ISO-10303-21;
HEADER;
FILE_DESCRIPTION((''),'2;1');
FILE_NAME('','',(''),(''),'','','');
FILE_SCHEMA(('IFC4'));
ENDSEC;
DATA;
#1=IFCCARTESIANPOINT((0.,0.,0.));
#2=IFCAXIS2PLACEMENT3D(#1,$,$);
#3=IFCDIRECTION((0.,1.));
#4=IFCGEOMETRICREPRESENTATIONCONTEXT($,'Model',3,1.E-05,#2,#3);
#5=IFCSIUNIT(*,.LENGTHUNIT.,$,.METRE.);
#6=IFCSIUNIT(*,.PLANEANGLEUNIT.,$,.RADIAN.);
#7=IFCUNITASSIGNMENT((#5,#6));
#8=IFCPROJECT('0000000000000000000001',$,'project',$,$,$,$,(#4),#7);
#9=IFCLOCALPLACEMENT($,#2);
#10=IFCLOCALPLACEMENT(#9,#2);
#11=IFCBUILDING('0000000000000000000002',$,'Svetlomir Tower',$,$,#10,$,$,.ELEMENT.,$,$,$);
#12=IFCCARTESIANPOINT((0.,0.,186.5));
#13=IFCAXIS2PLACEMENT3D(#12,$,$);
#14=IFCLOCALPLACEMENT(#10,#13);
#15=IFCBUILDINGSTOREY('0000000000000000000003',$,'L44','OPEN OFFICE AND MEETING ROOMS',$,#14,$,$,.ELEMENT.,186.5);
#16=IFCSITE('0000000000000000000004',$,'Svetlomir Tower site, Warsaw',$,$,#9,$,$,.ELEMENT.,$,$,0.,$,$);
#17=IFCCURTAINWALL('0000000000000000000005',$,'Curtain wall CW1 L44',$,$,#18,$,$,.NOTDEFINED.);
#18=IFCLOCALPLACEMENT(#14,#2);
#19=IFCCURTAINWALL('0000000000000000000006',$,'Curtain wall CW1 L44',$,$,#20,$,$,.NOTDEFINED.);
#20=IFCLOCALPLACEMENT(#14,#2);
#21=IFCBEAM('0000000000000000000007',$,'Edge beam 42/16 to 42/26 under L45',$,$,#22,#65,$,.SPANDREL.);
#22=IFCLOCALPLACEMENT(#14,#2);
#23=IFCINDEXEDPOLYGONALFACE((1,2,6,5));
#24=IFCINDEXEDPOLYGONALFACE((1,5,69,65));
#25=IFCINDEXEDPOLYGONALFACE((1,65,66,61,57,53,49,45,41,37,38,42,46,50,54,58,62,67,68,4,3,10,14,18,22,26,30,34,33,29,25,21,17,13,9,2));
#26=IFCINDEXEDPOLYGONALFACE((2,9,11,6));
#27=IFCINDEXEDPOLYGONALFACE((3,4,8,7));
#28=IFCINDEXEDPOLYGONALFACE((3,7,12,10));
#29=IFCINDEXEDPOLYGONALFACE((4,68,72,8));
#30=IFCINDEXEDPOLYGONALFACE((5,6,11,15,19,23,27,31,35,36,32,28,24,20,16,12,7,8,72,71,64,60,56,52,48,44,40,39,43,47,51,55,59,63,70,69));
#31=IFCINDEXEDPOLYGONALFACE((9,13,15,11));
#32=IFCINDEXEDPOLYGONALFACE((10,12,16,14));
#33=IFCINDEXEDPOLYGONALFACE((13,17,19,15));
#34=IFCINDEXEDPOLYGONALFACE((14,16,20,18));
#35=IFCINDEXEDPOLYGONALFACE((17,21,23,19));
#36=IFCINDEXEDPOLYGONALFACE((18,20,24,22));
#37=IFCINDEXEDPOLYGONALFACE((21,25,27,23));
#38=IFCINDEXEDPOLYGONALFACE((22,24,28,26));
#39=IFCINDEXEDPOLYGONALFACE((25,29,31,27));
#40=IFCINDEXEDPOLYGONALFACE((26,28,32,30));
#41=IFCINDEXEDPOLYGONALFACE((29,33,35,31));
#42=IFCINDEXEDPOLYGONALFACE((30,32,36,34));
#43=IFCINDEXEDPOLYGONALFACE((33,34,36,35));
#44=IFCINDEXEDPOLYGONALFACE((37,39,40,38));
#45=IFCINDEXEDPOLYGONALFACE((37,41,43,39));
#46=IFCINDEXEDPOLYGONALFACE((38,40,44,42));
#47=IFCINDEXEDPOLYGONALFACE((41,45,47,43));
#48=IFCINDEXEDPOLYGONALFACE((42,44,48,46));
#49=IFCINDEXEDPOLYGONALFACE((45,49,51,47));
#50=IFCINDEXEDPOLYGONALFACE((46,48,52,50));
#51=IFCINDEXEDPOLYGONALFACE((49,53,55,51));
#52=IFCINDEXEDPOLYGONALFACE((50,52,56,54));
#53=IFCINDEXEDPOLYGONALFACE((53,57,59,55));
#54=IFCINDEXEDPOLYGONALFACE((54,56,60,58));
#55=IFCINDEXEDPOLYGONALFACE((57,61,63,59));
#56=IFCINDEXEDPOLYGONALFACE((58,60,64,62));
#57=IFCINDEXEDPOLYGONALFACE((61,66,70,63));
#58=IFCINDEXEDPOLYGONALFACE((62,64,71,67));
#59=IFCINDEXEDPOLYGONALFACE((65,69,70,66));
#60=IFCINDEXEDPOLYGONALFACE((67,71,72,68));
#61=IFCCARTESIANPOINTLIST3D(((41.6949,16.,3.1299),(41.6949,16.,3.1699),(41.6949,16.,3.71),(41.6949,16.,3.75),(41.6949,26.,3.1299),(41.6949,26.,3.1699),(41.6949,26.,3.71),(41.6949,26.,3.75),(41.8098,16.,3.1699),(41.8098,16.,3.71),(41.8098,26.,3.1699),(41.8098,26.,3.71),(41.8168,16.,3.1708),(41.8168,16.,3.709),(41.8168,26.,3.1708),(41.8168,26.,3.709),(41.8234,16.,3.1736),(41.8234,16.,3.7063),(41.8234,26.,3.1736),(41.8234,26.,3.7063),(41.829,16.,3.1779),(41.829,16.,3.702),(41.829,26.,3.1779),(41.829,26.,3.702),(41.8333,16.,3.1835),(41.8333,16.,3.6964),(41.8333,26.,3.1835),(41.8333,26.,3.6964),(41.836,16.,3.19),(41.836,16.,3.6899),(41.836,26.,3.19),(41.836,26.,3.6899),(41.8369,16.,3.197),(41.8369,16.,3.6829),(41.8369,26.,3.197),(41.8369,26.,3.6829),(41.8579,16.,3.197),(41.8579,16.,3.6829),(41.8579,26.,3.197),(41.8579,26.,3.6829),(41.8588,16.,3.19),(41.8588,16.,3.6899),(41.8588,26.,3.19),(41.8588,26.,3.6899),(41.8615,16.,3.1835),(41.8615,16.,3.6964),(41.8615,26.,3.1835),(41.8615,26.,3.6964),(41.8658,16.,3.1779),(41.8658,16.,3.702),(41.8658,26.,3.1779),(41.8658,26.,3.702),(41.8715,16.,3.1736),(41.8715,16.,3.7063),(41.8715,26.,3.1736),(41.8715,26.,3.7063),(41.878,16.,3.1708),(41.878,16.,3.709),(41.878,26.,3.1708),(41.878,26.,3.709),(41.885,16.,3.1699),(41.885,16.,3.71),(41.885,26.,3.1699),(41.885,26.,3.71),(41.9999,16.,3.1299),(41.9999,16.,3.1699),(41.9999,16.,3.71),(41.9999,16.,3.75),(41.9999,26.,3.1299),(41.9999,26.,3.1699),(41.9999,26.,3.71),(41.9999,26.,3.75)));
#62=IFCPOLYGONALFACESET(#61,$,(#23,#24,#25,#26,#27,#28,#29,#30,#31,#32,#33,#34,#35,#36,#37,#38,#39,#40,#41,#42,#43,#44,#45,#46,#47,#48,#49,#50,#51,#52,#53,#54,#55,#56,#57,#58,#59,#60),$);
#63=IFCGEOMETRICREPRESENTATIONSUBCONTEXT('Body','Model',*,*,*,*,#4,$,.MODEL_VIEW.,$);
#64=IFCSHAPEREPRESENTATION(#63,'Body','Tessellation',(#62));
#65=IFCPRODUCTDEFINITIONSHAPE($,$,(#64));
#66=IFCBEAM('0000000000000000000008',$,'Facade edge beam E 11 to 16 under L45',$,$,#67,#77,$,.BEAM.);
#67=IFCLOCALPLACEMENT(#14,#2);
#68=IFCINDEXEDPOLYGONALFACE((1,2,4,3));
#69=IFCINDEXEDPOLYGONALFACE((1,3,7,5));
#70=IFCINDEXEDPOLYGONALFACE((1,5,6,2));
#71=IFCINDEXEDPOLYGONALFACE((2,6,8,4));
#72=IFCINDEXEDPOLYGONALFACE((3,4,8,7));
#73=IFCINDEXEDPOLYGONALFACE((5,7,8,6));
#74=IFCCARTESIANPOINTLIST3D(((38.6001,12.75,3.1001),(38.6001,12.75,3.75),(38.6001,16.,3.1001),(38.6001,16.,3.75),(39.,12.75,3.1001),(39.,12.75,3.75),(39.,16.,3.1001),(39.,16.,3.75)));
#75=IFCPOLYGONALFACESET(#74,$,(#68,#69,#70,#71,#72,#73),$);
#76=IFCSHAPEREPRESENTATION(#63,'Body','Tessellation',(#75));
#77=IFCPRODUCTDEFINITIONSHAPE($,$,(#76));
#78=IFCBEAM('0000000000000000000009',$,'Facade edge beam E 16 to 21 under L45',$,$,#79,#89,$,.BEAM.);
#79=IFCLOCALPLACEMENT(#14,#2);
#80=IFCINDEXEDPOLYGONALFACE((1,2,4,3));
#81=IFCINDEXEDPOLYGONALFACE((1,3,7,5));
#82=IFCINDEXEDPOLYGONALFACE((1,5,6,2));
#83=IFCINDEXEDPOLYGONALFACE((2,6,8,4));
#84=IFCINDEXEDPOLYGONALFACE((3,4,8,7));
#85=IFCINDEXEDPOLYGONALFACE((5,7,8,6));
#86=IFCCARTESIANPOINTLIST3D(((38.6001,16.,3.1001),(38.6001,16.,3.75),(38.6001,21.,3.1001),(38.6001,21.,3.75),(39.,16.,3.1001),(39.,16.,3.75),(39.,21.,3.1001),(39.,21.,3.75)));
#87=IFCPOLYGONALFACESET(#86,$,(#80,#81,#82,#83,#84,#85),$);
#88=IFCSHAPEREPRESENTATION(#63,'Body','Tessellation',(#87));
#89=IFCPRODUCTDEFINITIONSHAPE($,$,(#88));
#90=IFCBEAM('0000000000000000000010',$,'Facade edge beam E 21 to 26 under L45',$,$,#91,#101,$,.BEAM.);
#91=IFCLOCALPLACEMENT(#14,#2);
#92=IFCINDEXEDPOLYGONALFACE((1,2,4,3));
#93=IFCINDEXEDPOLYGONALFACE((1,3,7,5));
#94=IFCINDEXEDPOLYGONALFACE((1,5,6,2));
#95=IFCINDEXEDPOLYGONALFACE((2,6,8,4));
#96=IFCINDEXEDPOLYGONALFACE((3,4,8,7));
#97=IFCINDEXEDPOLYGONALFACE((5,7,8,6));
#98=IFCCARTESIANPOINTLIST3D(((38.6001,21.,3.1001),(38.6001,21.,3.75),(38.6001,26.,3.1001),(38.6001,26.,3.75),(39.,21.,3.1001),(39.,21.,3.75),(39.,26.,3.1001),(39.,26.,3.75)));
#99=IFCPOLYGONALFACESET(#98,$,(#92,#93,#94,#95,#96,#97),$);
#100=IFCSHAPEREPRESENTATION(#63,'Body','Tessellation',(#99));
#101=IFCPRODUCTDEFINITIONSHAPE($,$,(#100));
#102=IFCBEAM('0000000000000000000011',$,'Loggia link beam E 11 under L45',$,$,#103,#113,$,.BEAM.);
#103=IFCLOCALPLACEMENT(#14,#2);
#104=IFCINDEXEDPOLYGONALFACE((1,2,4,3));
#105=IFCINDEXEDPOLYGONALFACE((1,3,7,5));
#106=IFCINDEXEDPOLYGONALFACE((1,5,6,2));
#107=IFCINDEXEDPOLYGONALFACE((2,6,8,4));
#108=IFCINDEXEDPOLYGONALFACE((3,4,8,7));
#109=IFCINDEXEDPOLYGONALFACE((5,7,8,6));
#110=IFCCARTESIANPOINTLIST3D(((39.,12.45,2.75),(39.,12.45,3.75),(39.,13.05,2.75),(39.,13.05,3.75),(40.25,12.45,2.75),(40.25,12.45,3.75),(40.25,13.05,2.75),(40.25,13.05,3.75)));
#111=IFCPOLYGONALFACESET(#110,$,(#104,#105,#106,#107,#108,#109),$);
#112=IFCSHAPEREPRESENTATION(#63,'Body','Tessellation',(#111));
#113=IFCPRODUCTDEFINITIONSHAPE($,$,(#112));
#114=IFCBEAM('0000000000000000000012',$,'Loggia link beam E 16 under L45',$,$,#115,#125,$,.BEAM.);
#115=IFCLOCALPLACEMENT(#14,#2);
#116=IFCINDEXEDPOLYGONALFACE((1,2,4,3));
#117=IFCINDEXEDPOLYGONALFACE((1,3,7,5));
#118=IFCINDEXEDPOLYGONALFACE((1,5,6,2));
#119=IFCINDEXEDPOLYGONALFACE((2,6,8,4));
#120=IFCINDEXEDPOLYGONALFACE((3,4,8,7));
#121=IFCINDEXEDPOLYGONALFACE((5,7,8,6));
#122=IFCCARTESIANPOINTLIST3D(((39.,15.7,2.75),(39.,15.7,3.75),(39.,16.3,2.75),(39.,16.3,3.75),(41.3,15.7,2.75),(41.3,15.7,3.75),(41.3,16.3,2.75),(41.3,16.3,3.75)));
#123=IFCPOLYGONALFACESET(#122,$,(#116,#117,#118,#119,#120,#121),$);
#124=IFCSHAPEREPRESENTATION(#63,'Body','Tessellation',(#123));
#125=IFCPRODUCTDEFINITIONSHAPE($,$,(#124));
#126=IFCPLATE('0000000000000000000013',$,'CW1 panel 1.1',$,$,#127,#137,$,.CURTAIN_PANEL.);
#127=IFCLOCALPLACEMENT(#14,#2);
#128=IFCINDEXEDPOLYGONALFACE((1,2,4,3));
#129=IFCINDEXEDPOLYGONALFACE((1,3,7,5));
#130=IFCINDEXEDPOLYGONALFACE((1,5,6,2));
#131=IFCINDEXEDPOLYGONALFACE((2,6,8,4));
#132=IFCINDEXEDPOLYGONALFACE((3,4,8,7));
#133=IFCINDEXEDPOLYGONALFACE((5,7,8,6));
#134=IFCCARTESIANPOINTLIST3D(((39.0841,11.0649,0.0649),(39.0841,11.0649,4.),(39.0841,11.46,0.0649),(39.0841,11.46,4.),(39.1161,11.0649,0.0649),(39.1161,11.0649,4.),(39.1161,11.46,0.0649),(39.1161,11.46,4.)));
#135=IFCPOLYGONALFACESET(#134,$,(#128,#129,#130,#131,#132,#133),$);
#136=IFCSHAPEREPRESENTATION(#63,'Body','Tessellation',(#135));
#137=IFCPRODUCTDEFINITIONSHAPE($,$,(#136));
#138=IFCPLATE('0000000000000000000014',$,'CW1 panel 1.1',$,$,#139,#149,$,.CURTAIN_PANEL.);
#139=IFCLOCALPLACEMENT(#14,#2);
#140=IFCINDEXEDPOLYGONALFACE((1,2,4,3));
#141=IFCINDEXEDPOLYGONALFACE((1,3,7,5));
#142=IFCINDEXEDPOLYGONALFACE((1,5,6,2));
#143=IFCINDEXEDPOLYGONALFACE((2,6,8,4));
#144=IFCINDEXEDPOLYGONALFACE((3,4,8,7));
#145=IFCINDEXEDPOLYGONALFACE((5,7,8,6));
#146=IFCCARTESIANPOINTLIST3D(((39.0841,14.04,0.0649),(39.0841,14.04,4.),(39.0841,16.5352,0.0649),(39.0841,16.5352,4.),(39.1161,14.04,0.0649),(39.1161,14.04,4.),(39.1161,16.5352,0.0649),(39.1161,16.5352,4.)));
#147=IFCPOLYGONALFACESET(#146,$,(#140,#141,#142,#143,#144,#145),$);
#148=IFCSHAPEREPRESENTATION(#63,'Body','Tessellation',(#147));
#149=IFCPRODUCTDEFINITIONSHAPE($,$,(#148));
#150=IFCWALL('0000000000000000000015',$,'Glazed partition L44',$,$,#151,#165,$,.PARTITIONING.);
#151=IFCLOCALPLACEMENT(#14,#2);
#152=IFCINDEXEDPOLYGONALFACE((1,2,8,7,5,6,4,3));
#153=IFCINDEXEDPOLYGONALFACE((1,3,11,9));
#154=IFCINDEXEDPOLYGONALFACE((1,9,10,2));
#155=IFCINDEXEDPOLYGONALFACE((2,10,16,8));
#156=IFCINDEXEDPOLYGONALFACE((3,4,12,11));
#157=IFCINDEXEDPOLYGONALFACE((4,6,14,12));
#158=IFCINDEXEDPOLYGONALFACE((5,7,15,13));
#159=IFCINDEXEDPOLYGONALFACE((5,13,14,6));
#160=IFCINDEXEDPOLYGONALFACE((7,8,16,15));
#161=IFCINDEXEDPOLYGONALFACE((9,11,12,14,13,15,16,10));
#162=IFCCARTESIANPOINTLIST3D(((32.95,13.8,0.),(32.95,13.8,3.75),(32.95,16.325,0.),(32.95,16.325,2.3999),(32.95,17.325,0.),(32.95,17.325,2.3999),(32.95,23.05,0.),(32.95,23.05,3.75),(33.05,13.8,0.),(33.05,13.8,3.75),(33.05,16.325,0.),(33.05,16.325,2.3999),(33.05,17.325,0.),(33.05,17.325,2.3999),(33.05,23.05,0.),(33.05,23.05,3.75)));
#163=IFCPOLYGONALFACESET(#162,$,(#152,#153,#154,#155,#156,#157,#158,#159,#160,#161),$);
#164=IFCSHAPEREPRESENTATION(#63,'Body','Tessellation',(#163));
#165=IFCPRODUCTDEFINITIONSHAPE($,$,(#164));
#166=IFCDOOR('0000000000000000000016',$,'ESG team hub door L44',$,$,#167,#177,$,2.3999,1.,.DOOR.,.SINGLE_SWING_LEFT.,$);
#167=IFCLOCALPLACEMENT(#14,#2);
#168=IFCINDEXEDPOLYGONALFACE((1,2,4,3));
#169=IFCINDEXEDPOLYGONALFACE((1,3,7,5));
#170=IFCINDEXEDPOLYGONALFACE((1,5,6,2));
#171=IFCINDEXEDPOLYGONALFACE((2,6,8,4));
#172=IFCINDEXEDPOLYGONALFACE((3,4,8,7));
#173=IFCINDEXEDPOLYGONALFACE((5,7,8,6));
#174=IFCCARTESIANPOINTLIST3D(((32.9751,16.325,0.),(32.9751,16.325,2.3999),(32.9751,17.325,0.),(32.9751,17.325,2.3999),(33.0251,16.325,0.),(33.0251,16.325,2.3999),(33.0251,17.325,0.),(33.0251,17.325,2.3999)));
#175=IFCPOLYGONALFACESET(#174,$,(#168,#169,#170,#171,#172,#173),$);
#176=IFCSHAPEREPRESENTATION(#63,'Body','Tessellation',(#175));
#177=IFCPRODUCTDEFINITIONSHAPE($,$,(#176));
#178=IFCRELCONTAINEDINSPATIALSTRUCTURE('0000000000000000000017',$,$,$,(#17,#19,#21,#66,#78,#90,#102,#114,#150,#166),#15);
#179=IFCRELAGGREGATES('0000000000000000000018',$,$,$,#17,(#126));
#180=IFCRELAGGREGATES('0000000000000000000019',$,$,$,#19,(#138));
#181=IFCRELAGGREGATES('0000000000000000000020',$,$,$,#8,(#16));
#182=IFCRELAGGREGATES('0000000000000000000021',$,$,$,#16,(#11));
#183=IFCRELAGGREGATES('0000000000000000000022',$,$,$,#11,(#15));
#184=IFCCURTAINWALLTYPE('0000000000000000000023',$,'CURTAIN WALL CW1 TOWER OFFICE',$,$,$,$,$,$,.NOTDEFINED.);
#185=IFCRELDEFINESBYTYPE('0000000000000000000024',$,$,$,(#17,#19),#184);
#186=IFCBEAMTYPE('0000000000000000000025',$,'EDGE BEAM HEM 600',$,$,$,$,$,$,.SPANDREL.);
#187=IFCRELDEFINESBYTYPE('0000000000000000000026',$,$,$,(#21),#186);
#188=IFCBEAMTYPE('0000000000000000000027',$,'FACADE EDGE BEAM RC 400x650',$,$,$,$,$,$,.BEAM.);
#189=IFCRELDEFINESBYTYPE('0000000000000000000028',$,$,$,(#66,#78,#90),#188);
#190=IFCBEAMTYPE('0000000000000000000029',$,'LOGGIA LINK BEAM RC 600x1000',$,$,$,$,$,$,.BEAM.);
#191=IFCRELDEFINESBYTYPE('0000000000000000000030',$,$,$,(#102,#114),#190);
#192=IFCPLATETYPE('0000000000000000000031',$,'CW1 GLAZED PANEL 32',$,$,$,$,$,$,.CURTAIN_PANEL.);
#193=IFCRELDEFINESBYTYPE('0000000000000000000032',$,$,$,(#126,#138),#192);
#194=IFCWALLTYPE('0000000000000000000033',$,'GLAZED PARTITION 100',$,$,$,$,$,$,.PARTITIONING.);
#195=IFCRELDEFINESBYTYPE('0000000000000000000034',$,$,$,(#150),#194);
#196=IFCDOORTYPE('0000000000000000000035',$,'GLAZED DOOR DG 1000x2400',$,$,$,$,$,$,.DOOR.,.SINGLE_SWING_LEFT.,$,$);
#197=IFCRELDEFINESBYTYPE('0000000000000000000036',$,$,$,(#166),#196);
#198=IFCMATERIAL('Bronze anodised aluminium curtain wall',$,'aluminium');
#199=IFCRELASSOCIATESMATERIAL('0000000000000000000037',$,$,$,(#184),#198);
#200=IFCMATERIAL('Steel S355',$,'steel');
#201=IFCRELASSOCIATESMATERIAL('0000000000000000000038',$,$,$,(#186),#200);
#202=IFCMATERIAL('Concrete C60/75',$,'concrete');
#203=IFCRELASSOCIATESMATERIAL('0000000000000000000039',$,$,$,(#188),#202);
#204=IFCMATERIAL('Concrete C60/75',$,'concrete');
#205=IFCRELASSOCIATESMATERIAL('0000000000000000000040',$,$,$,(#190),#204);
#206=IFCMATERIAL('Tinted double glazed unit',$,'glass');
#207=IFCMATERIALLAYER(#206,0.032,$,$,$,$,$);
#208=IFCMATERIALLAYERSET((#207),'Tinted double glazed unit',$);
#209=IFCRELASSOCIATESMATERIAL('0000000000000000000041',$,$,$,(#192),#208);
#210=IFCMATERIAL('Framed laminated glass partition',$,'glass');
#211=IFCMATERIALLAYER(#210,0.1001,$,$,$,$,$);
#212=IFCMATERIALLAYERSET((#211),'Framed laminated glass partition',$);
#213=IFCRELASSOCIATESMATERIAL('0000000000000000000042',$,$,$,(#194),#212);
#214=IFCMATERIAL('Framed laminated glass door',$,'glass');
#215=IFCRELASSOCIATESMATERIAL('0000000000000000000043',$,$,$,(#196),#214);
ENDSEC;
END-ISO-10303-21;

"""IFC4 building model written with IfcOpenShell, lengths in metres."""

from ifc_helpers import new_model, si_unit, direction, frame, frame_2d, origin, origin_2d, place, context, subcontext, project, spatial, rectangle, i_section, extrude, material, layer, layer_set, material_profile, profile_set, type_object, element, fill, aggregate, save


model = new_model("IFC4")

# Units and contexts
model_context = context("Model", 3, precision=1e-05, world=origin(), true_north=direction((0.0, 1.0)))
body_context = subcontext(model_context, "Body", "Model", "MODEL_VIEW")
ifc_project = project(units=[si_unit("LENGTHUNIT", "METRE"), si_unit("PLANEANGLEUNIT", "RADIAN")], contexts=[model_context])

# Site, building, storey
site_placement = place(None, origin())
site = spatial("IfcSite", under=ifc_project, at=site_placement, Name="Svetlomir Tower site, Warsaw", CompositionType="ELEMENT", RefElevation=0.0)
building_placement = place(site_placement, origin())
building = spatial("IfcBuilding", under=site, at=building_placement, Name="Svetlomir Tower", CompositionType="ELEMENT")
storey_placement = place(building_placement, frame((0.0, 0.0, 186.5)))
storey = spatial("IfcBuildingStorey", under=building, at=storey_placement, Name="L44", Description="OPEN OFFICE AND MEETING ROOMS", CompositionType="ELEMENT", Elevation=186.5)

# Shared definitions
ifc_material_1 = material(Name="Bronze anodised aluminium curtain wall", Category="aluminium")
curtain_wall_type = type_object("IfcCurtainWallType", Name="CURTAIN WALL CW1 TOWER OFFICE", PredefinedType="NOTDEFINED", material=ifc_material_1)

# Curtain walls
curtain_wall_1_placement = place(storey_placement, origin())
curtain_wall_1 = element("IfcCurtainWall", 1, at=curtain_wall_1_placement, inside=storey, type_object=curtain_wall_type, Name="Curtain wall CW1 L44", PredefinedType="NOTDEFINED")
curtain_wall_2_placement = place(storey_placement, origin())
curtain_wall_2 = element("IfcCurtainWall", 2, at=curtain_wall_2_placement, inside=storey, type_object=curtain_wall_type, Name="Curtain wall CW1 L44", PredefinedType="NOTDEFINED")

# Beams
ifc_material_2 = material(Name="Steel S355", Category="steel")
ifc_material_profile_1 = material_profile(ifc_material_2, i_section(OverallWidth=0.3049, OverallDepth=0.6201, WebThickness=0.021, FlangeThickness=0.04, FilletRadius=0.0271, at=origin_2d()), Name="HEM 600")
ifc_profile_set_1 = profile_set([ifc_material_profile_1], Name="Steel S355")
beam_type_1 = type_object("IfcBeamType", Name="EDGE BEAM HEM 600", PredefinedType="SPANDREL", material=ifc_profile_set_1)
beam_1_placement = place(storey_placement, frame((41.8474, 16.0, 3.4399), z_axis=(0.0, 1.0, 0.0), x_axis=(-1.0, 0.0, 0.0)))
element("IfcBeam", 3, at=beam_1_placement, inside=storey, type_object=beam_type_1, Name="Edge beam 42/16 to 42/26 under L45", PredefinedType="SPANDREL", context=body_context, shape_type="SweptSolid", body=[
    extrude(i_section(OverallWidth=0.3049, OverallDepth=0.6201, WebThickness=0.021, FlangeThickness=0.04, FilletRadius=0.0271, at=origin_2d()), origin(), (0.0, 0.0, 1.0), 10.0),
])
ifc_material_3 = material(Name="Concrete C60/75", Category="concrete")
ifc_material_profile_2 = material_profile(ifc_material_3, rectangle(XDim=0.3999, YDim=0.6499, at=origin_2d()), Name="RC 400x650")
ifc_profile_set_2 = profile_set([ifc_material_profile_2], Name="Concrete C60/75")
beam_type_2 = type_object("IfcBeamType", Name="FACADE EDGE BEAM RC 400x650", PredefinedType="BEAM", material=ifc_profile_set_2)
beam_2_placement = place(storey_placement, frame((38.8, 12.75, 3.425), z_axis=(0.0, 1.0, 0.0), x_axis=(-1.0, 0.0, 0.0)))
element("IfcBeam", 4, at=beam_2_placement, inside=storey, type_object=beam_type_2, Name="Facade edge beam E 11 to 16 under L45", PredefinedType="BEAM", context=body_context, shape_type="SweptSolid", body=[
    extrude(rectangle(XDim=0.3999, YDim=0.6499, at=origin_2d()), origin(), (0.0, 0.0, 1.0), 3.25),
])
for number, where, z_axis, x_axis, name in (
    (5, (38.8, 16.0, 3.425), (0.0, 1.0, 0.0), (-1.0, 0.0, 0.0), "Facade edge beam E 16 to 21 under L45"),
    (6, (38.8, 21.0, 3.425), (0.0, 1.0, 0.0), (-1.0, 0.0, 0.0), "Facade edge beam E 21 to 26 under L45"),
):
    element("IfcBeam", number, at=place(storey_placement, frame(where, z_axis=z_axis, x_axis=x_axis)), inside=storey, type_object=beam_type_2, Name=name, PredefinedType="BEAM", context=body_context, shape_type="SweptSolid", body=[
        extrude(rectangle(XDim=0.3999, YDim=0.6499, at=origin_2d()), origin(), (0.0, 0.0, 1.0), 5.0),
    ])
ifc_material_4 = material(Name="Concrete C60/75", Category="concrete")
ifc_material_profile_3 = material_profile(ifc_material_4, rectangle(XDim=0.6001, YDim=1.0, at=origin_2d()), Name="RC 600x1000")
ifc_profile_set_3 = profile_set([ifc_material_profile_3], Name="Concrete C60/75")
beam_type_3 = type_object("IfcBeamType", Name="LOGGIA LINK BEAM RC 600x1000", PredefinedType="BEAM", material=ifc_profile_set_3)
beam_3_placement = place(storey_placement, frame((40.25, 12.75, 3.25), z_axis=(-1.0, 0.0, 0.0), x_axis=(0.0, -1.0, 0.0)))
element("IfcBeam", 7, at=beam_3_placement, inside=storey, type_object=beam_type_3, Name="Loggia link beam E 11 under L45", PredefinedType="BEAM", context=body_context, shape_type="SweptSolid", body=[
    extrude(rectangle(XDim=0.6001, YDim=1.0, at=origin_2d()), origin(), (0.0, 0.0, 1.0), 1.25),
])
beam_4_placement = place(storey_placement, frame((41.3, 16.0, 3.25), z_axis=(-1.0, 0.0, 0.0), x_axis=(0.0, -1.0, 0.0)))
element("IfcBeam", 8, at=beam_4_placement, inside=storey, type_object=beam_type_3, Name="Loggia link beam E 16 under L45", PredefinedType="BEAM", context=body_context, shape_type="SweptSolid", body=[
    extrude(rectangle(XDim=0.6001, YDim=1.0, at=origin_2d()), origin(), (0.0, 0.0, 1.0), 2.3),
])

# Plates
ifc_material_5 = material(Name="Tinted double glazed unit", Category="glass")
ifc_layer_1 = layer(ifc_material_5, 0.032)
ifc_layer_set_1 = layer_set([ifc_layer_1], Name="Tinted double glazed unit")
plate_type = type_object("IfcPlateType", Name="CW1 GLAZED PANEL 32", PredefinedType="CURTAIN_PANEL", material=ifc_layer_set_1)
plate_1_placement = place(storey_placement, frame((39.1001, 11.2625, 0.0649), z_axis=(0.0, 0.0, 1.0), x_axis=(0.0, 1.0, 0.0)))
plate_1 = element("IfcPlate", 9, at=plate_1_placement, type_object=plate_type, Name="CW1 panel 1.1", PredefinedType="CURTAIN_PANEL", context=body_context, shape_type="SweptSolid", body=[
    extrude(rectangle(XDim=0.395, YDim=0.032, at=origin_2d()), origin(), (0.0, 0.0, 1.0), 3.9351),
])
aggregate(curtain_wall_1, [plate_1])
plate_2_placement = place(storey_placement, frame((39.1001, 15.2876, 0.0649), z_axis=(0.0, 0.0, 1.0), x_axis=(0.0, 1.0, 0.0)))
plate_2 = element("IfcPlate", 10, at=plate_2_placement, type_object=plate_type, Name="CW1 panel 1.1", PredefinedType="CURTAIN_PANEL", context=body_context, shape_type="SweptSolid", body=[
    extrude(rectangle(XDim=2.4951, YDim=0.032, at=origin_2d()), origin(), (0.0, 0.0, 1.0), 3.9351),
])
aggregate(curtain_wall_2, [plate_2])

# Wall, opening, door
ifc_material_6 = material(Name="Framed laminated glass partition", Category="glass")
ifc_layer_2 = layer(ifc_material_6, 0.1001)
ifc_layer_set_2 = layer_set([ifc_layer_2], Name="Framed laminated glass partition")
wall_type_1 = type_object("IfcWallType", Name="GLAZED PARTITION 100", PredefinedType="PARTITIONING", material=ifc_layer_set_2)
wall_1_placement = place(storey_placement, frame((33.0, 13.8, 0.0), z_axis=(0.0, 0.0, 1.0), x_axis=(0.0, 1.0, 0.0)))
wall_1 = element("IfcWall", 11, at=wall_1_placement, inside=storey, type_object=wall_type_1, Name="Glazed partition L44", PredefinedType="PARTITIONING", context=body_context, shape_type="SweptSolid", body=[
    extrude(rectangle(XDim=9.25, YDim=0.1001, at=frame_2d((4.625, 0.0))), origin(), (0.0, 0.0, 1.0), 3.75),
])
opening_1_placement = place(wall_1_placement, frame((2.5249, 0.0, 0.0)))
opening_1 = element("IfcOpeningElement", 12, at=opening_1_placement, cuts=wall_1, PredefinedType="OPENING", context=body_context, shape_type="SweptSolid", body=[
    extrude(rectangle(XDim=1.0, YDim=2.3999, at=frame_2d((0.5, 1.2))), frame((0.0, 0.0601, 0.0), z_axis=(0.0, -1.0, 0.0), x_axis=(1.0, 0.0, 0.0)), (0.0, 0.0, 1.0), 0.1201),
])
ifc_material_7 = material(Name="Framed laminated glass door", Category="glass")
door_type_1 = type_object("IfcDoorType", Name="GLAZED DOOR DG 1000x2400", OperationType="SINGLE_SWING_LEFT", PredefinedType="DOOR", material=ifc_material_7)
door_1_placement = place(opening_1_placement, origin())
door_1 = element("IfcDoor", 13, at=door_1_placement, inside=storey, type_object=door_type_1, Name="ESG team hub door L44", OperationType="SINGLE_SWING_LEFT", OverallHeight=2.3999, OverallWidth=1.0, PredefinedType="DOOR", context=body_context, shape_type="SweptSolid", body=[
    extrude(rectangle(XDim=1.0, YDim=2.3999, at=frame_2d((0.5, 1.2))), frame((0.0, 0.0249, 0.0), z_axis=(0.0, -1.0, 0.0), x_axis=(1.0, 0.0, 0.0)), (0.0, 0.0, 1.0), 0.05),
])
fill(opening_1, door_1)

save(model, "model.ifc")
